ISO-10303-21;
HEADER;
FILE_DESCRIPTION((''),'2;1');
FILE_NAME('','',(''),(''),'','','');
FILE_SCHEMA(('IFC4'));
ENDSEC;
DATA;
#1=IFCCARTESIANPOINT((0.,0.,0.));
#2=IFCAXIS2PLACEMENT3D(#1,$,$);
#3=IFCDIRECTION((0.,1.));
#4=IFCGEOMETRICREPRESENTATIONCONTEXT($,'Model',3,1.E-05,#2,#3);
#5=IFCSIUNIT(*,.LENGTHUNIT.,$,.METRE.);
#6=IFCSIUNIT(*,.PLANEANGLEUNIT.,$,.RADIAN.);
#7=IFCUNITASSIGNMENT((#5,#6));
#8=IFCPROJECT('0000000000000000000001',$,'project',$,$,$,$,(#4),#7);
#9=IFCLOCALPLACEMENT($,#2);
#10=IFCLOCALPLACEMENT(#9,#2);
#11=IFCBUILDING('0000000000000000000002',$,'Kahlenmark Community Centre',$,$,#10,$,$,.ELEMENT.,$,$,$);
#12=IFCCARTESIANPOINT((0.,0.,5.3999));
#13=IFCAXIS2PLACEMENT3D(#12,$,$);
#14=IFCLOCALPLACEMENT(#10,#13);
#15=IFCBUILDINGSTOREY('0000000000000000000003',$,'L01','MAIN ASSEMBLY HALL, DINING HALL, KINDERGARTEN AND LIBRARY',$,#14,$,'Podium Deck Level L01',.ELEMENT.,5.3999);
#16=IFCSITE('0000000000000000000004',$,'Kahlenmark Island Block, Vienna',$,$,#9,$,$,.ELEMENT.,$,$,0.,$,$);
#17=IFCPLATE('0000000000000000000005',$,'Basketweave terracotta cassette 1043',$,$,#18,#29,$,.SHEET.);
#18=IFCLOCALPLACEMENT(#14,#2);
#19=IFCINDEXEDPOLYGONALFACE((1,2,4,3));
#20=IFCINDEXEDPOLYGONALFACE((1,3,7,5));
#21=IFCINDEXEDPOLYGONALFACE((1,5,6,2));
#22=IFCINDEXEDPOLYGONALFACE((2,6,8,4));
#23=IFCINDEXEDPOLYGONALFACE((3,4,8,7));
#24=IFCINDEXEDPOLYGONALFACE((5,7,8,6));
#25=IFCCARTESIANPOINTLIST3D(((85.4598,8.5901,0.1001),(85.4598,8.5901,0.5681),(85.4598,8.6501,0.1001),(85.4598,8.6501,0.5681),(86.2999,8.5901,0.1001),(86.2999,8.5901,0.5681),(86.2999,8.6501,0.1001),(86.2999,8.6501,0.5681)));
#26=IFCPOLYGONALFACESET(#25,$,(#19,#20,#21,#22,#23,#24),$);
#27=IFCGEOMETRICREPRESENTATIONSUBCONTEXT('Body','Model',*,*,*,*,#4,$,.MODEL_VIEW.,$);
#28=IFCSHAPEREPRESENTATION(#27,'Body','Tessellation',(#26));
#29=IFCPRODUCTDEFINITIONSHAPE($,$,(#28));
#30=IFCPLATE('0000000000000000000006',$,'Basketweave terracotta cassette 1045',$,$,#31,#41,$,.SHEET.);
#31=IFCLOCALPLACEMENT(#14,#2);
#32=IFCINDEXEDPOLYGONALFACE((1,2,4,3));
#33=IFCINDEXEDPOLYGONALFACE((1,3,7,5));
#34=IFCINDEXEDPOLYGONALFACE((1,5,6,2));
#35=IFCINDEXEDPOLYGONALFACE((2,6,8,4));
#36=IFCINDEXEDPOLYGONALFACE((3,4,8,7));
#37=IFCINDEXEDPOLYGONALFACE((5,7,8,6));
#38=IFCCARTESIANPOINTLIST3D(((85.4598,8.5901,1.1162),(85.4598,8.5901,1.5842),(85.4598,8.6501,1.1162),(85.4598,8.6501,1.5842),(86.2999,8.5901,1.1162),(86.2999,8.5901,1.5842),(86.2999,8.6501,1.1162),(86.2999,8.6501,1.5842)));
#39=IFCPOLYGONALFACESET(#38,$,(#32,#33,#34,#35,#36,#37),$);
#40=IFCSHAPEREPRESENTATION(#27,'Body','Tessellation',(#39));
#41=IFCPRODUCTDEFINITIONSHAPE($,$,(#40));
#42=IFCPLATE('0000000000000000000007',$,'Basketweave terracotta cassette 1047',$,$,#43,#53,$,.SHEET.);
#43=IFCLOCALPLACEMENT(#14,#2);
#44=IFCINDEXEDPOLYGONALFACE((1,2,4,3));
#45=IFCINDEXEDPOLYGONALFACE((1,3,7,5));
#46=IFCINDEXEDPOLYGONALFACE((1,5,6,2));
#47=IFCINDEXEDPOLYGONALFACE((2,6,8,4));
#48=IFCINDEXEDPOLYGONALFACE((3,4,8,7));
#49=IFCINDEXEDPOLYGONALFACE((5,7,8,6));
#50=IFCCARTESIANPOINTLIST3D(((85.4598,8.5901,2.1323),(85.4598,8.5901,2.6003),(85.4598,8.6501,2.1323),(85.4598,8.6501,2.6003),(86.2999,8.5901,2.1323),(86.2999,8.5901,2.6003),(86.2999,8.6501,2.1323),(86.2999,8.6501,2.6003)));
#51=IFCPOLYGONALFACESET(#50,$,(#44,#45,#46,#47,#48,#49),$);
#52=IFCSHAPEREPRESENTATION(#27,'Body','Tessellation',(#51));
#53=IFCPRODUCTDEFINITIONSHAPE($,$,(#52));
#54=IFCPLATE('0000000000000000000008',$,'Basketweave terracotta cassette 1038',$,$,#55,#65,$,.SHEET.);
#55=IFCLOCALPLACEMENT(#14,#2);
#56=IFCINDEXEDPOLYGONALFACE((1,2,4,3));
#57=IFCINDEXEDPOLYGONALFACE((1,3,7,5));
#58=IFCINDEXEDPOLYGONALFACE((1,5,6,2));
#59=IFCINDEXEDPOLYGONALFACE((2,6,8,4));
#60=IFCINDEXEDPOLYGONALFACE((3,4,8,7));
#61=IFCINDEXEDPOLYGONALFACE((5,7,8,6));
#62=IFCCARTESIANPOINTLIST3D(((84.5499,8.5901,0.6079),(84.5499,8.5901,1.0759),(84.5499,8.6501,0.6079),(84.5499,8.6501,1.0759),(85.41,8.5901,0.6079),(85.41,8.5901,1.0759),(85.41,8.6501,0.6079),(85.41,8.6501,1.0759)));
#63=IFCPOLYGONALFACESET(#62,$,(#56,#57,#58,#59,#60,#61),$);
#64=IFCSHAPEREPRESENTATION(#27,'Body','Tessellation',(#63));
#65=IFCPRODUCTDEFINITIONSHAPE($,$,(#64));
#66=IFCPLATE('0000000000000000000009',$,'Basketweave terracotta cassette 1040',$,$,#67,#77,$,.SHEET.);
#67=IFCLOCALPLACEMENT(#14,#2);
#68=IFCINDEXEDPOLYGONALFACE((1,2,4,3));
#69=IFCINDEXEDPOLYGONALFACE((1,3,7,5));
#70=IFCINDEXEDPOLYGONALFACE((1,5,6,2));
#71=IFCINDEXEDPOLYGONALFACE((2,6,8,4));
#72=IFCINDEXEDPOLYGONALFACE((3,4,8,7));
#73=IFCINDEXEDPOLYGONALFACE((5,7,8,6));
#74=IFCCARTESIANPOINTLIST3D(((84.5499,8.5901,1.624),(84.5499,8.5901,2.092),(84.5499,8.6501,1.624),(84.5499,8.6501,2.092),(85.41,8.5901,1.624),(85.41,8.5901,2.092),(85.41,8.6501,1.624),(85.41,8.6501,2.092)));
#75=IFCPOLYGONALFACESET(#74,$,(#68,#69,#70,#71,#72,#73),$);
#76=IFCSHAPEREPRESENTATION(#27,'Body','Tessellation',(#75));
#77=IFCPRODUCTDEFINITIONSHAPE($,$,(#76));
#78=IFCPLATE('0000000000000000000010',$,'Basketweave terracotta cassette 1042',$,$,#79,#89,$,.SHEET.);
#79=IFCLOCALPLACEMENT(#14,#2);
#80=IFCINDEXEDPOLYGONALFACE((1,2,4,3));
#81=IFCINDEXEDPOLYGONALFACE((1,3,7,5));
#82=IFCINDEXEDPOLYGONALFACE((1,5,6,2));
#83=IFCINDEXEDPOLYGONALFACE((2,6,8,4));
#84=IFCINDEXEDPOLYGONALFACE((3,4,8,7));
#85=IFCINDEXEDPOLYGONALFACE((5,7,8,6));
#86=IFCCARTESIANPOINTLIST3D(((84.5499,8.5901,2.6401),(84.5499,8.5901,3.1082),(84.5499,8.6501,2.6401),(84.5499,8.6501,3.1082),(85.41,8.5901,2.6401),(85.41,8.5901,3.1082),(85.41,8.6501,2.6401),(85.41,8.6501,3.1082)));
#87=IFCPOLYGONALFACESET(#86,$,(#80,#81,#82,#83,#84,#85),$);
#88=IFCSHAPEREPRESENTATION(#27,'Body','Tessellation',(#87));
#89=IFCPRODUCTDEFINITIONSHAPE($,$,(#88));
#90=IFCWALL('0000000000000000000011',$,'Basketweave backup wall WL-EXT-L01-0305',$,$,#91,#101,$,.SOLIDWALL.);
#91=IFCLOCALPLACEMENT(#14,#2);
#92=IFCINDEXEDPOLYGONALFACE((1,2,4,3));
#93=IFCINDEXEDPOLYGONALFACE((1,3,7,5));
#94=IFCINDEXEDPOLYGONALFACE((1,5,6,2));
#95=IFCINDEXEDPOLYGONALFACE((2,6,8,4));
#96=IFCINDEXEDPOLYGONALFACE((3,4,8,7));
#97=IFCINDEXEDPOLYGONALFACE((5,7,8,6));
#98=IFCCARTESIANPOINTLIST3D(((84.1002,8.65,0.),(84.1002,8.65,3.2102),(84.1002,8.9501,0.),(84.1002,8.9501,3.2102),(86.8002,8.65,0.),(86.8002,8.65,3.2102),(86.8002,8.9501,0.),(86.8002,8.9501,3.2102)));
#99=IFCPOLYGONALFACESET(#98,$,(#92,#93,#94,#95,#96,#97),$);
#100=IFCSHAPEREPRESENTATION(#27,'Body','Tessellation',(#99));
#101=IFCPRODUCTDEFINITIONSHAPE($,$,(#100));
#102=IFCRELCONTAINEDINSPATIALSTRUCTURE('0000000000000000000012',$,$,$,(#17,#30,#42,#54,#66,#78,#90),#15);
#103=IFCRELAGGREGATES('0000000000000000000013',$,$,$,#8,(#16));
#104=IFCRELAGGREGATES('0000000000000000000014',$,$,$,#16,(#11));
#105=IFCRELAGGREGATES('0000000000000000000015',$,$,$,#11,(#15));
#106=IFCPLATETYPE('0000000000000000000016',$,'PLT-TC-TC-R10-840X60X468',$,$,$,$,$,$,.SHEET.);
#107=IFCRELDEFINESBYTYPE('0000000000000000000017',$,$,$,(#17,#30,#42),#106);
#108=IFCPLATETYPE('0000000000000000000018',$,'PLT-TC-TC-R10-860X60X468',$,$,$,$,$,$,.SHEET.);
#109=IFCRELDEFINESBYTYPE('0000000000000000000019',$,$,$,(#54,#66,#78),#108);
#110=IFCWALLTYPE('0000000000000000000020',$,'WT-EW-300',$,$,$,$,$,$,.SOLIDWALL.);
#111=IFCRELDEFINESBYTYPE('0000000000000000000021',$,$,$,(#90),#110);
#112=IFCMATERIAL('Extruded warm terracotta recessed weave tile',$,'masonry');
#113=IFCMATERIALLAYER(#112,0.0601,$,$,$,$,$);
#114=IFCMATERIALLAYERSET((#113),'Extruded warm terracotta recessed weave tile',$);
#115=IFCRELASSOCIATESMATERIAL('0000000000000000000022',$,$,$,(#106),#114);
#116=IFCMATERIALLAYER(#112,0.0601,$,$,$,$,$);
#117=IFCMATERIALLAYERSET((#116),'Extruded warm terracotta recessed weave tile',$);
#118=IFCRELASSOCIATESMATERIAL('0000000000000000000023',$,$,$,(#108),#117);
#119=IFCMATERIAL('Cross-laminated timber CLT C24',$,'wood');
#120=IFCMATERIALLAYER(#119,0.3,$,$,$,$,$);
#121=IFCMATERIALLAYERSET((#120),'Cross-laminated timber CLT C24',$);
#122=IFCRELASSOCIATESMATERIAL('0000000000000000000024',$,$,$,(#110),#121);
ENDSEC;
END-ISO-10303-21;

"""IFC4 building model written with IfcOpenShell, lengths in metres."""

from ifc_helpers import new_model, si_unit, direction, frame, frame_2d, origin, origin_2d, place, context, subcontext, project, spatial, rectangle, extrude, material, layer, layer_set, type_object, element, save


model = new_model("IFC4")

# Units and contexts
model_context = context("Model", 3, precision=1e-05, world=origin(), true_north=direction((0.0, 1.0)))
body_context = subcontext(model_context, "Body", "Model", "MODEL_VIEW")
ifc_project = project(units=[si_unit("LENGTHUNIT", "METRE"), si_unit("PLANEANGLEUNIT", "RADIAN")], contexts=[model_context])

# Site, building, storey
site_placement = place(None, origin())
site = spatial("IfcSite", under=ifc_project, at=site_placement, Name="Kahlenmark Island Block, Vienna", CompositionType="ELEMENT", RefElevation=0.0)
building_placement = place(site_placement, origin())
building = spatial("IfcBuilding", under=site, at=building_placement, Name="Kahlenmark Community Centre", CompositionType="ELEMENT")
storey_placement = place(building_placement, frame((0.0, 0.0, 5.3999)))
storey = spatial("IfcBuildingStorey", under=building, at=storey_placement, Name="L01", Description="MAIN ASSEMBLY HALL, DINING HALL, KINDERGARTEN AND LIBRARY", LongName="Podium Deck Level L01", CompositionType="ELEMENT", Elevation=5.3999)

# Plates
ifc_material_1 = material(Name="Extruded warm terracotta recessed weave tile", Category="masonry")
ifc_layer_1 = layer(ifc_material_1, 0.0601)
ifc_layer_set_1 = layer_set([ifc_layer_1], Name="Extruded warm terracotta recessed weave tile")
plate_type_1 = type_object("IfcPlateType", Name="PLT-TC-TC-R10-840X60X468", PredefinedType="SHEET", material=ifc_layer_set_1)
for number, where, z_axis, x_axis, name in (
    (1, (85.8799, 8.6201, 0.1001), (0.0, 0.0, 1.0), (1.0, 0.0, 0.0), "Basketweave terracotta cassette 1043"),
    (2, (85.8799, 8.6201, 1.1162), (0.0, 0.0, 1.0), (1.0, 0.0, 0.0), "Basketweave terracotta cassette 1045"),
    (3, (85.8799, 8.6201, 2.1323), (0.0, 0.0, 1.0), (1.0, 0.0, 0.0), "Basketweave terracotta cassette 1047"),
):
    element("IfcPlate", number, at=place(storey_placement, frame(where, z_axis=z_axis, x_axis=x_axis)), inside=storey, type_object=plate_type_1, Name=name, PredefinedType="SHEET", context=body_context, shape_type="SweptSolid", body=[
        extrude(rectangle(XDim=0.8401, YDim=0.0601, at=origin_2d()), origin(), (0.0, 0.0, 1.0), 0.468),
    ])
ifc_layer_2 = layer(ifc_material_1, 0.0601)
ifc_layer_set_2 = layer_set([ifc_layer_2], Name="Extruded warm terracotta recessed weave tile")
plate_type_2 = type_object("IfcPlateType", Name="PLT-TC-TC-R10-860X60X468", PredefinedType="SHEET", material=ifc_layer_set_2)
for number, where, z_axis, x_axis, name in (
    (4, (84.98, 8.6201, 0.6079), (0.0, 0.0, 1.0), (1.0, 0.0, 0.0), "Basketweave terracotta cassette 1038"),
    (5, (84.98, 8.6201, 1.624), (0.0, 0.0, 1.0), (1.0, 0.0, 0.0), "Basketweave terracotta cassette 1040"),
    (6, (84.98, 8.6201, 2.6401), (0.0, 0.0, 1.0), (1.0, 0.0, 0.0), "Basketweave terracotta cassette 1042"),
):
    element("IfcPlate", number, at=place(storey_placement, frame(where, z_axis=z_axis, x_axis=x_axis)), inside=storey, type_object=plate_type_2, Name=name, PredefinedType="SHEET", context=body_context, shape_type="SweptSolid", body=[
        extrude(rectangle(XDim=0.8601, YDim=0.0601, at=origin_2d()), origin(), (0.0, 0.0, 1.0), 0.468),
    ])

# Wall
ifc_material_2 = material(Name="Cross-laminated timber CLT C24", Category="wood")
ifc_layer_3 = layer(ifc_material_2, 0.3)
ifc_layer_set_3 = layer_set([ifc_layer_3], Name="Cross-laminated timber CLT C24")
wall_type = type_object("IfcWallType", Name="WT-EW-300", PredefinedType="SOLIDWALL", material=ifc_layer_set_3)
wall_1_placement = place(storey_placement, frame((84.1001, 8.8, 0.0), z_axis=(0.0, 0.0, 1.0), x_axis=(1.0, 0.0, 0.0)))
element("IfcWall", 7, at=wall_1_placement, inside=storey, type_object=wall_type, Name="Basketweave backup wall WL-EXT-L01-0305", PredefinedType="SOLIDWALL", context=body_context, shape_type="SweptSolid", body=[
    extrude(rectangle(XDim=2.7, YDim=0.3, at=frame_2d((1.3501, 0.0))), origin(), (0.0, 0.0, 1.0), 3.2102),
])

save(model, "model.ifc")
